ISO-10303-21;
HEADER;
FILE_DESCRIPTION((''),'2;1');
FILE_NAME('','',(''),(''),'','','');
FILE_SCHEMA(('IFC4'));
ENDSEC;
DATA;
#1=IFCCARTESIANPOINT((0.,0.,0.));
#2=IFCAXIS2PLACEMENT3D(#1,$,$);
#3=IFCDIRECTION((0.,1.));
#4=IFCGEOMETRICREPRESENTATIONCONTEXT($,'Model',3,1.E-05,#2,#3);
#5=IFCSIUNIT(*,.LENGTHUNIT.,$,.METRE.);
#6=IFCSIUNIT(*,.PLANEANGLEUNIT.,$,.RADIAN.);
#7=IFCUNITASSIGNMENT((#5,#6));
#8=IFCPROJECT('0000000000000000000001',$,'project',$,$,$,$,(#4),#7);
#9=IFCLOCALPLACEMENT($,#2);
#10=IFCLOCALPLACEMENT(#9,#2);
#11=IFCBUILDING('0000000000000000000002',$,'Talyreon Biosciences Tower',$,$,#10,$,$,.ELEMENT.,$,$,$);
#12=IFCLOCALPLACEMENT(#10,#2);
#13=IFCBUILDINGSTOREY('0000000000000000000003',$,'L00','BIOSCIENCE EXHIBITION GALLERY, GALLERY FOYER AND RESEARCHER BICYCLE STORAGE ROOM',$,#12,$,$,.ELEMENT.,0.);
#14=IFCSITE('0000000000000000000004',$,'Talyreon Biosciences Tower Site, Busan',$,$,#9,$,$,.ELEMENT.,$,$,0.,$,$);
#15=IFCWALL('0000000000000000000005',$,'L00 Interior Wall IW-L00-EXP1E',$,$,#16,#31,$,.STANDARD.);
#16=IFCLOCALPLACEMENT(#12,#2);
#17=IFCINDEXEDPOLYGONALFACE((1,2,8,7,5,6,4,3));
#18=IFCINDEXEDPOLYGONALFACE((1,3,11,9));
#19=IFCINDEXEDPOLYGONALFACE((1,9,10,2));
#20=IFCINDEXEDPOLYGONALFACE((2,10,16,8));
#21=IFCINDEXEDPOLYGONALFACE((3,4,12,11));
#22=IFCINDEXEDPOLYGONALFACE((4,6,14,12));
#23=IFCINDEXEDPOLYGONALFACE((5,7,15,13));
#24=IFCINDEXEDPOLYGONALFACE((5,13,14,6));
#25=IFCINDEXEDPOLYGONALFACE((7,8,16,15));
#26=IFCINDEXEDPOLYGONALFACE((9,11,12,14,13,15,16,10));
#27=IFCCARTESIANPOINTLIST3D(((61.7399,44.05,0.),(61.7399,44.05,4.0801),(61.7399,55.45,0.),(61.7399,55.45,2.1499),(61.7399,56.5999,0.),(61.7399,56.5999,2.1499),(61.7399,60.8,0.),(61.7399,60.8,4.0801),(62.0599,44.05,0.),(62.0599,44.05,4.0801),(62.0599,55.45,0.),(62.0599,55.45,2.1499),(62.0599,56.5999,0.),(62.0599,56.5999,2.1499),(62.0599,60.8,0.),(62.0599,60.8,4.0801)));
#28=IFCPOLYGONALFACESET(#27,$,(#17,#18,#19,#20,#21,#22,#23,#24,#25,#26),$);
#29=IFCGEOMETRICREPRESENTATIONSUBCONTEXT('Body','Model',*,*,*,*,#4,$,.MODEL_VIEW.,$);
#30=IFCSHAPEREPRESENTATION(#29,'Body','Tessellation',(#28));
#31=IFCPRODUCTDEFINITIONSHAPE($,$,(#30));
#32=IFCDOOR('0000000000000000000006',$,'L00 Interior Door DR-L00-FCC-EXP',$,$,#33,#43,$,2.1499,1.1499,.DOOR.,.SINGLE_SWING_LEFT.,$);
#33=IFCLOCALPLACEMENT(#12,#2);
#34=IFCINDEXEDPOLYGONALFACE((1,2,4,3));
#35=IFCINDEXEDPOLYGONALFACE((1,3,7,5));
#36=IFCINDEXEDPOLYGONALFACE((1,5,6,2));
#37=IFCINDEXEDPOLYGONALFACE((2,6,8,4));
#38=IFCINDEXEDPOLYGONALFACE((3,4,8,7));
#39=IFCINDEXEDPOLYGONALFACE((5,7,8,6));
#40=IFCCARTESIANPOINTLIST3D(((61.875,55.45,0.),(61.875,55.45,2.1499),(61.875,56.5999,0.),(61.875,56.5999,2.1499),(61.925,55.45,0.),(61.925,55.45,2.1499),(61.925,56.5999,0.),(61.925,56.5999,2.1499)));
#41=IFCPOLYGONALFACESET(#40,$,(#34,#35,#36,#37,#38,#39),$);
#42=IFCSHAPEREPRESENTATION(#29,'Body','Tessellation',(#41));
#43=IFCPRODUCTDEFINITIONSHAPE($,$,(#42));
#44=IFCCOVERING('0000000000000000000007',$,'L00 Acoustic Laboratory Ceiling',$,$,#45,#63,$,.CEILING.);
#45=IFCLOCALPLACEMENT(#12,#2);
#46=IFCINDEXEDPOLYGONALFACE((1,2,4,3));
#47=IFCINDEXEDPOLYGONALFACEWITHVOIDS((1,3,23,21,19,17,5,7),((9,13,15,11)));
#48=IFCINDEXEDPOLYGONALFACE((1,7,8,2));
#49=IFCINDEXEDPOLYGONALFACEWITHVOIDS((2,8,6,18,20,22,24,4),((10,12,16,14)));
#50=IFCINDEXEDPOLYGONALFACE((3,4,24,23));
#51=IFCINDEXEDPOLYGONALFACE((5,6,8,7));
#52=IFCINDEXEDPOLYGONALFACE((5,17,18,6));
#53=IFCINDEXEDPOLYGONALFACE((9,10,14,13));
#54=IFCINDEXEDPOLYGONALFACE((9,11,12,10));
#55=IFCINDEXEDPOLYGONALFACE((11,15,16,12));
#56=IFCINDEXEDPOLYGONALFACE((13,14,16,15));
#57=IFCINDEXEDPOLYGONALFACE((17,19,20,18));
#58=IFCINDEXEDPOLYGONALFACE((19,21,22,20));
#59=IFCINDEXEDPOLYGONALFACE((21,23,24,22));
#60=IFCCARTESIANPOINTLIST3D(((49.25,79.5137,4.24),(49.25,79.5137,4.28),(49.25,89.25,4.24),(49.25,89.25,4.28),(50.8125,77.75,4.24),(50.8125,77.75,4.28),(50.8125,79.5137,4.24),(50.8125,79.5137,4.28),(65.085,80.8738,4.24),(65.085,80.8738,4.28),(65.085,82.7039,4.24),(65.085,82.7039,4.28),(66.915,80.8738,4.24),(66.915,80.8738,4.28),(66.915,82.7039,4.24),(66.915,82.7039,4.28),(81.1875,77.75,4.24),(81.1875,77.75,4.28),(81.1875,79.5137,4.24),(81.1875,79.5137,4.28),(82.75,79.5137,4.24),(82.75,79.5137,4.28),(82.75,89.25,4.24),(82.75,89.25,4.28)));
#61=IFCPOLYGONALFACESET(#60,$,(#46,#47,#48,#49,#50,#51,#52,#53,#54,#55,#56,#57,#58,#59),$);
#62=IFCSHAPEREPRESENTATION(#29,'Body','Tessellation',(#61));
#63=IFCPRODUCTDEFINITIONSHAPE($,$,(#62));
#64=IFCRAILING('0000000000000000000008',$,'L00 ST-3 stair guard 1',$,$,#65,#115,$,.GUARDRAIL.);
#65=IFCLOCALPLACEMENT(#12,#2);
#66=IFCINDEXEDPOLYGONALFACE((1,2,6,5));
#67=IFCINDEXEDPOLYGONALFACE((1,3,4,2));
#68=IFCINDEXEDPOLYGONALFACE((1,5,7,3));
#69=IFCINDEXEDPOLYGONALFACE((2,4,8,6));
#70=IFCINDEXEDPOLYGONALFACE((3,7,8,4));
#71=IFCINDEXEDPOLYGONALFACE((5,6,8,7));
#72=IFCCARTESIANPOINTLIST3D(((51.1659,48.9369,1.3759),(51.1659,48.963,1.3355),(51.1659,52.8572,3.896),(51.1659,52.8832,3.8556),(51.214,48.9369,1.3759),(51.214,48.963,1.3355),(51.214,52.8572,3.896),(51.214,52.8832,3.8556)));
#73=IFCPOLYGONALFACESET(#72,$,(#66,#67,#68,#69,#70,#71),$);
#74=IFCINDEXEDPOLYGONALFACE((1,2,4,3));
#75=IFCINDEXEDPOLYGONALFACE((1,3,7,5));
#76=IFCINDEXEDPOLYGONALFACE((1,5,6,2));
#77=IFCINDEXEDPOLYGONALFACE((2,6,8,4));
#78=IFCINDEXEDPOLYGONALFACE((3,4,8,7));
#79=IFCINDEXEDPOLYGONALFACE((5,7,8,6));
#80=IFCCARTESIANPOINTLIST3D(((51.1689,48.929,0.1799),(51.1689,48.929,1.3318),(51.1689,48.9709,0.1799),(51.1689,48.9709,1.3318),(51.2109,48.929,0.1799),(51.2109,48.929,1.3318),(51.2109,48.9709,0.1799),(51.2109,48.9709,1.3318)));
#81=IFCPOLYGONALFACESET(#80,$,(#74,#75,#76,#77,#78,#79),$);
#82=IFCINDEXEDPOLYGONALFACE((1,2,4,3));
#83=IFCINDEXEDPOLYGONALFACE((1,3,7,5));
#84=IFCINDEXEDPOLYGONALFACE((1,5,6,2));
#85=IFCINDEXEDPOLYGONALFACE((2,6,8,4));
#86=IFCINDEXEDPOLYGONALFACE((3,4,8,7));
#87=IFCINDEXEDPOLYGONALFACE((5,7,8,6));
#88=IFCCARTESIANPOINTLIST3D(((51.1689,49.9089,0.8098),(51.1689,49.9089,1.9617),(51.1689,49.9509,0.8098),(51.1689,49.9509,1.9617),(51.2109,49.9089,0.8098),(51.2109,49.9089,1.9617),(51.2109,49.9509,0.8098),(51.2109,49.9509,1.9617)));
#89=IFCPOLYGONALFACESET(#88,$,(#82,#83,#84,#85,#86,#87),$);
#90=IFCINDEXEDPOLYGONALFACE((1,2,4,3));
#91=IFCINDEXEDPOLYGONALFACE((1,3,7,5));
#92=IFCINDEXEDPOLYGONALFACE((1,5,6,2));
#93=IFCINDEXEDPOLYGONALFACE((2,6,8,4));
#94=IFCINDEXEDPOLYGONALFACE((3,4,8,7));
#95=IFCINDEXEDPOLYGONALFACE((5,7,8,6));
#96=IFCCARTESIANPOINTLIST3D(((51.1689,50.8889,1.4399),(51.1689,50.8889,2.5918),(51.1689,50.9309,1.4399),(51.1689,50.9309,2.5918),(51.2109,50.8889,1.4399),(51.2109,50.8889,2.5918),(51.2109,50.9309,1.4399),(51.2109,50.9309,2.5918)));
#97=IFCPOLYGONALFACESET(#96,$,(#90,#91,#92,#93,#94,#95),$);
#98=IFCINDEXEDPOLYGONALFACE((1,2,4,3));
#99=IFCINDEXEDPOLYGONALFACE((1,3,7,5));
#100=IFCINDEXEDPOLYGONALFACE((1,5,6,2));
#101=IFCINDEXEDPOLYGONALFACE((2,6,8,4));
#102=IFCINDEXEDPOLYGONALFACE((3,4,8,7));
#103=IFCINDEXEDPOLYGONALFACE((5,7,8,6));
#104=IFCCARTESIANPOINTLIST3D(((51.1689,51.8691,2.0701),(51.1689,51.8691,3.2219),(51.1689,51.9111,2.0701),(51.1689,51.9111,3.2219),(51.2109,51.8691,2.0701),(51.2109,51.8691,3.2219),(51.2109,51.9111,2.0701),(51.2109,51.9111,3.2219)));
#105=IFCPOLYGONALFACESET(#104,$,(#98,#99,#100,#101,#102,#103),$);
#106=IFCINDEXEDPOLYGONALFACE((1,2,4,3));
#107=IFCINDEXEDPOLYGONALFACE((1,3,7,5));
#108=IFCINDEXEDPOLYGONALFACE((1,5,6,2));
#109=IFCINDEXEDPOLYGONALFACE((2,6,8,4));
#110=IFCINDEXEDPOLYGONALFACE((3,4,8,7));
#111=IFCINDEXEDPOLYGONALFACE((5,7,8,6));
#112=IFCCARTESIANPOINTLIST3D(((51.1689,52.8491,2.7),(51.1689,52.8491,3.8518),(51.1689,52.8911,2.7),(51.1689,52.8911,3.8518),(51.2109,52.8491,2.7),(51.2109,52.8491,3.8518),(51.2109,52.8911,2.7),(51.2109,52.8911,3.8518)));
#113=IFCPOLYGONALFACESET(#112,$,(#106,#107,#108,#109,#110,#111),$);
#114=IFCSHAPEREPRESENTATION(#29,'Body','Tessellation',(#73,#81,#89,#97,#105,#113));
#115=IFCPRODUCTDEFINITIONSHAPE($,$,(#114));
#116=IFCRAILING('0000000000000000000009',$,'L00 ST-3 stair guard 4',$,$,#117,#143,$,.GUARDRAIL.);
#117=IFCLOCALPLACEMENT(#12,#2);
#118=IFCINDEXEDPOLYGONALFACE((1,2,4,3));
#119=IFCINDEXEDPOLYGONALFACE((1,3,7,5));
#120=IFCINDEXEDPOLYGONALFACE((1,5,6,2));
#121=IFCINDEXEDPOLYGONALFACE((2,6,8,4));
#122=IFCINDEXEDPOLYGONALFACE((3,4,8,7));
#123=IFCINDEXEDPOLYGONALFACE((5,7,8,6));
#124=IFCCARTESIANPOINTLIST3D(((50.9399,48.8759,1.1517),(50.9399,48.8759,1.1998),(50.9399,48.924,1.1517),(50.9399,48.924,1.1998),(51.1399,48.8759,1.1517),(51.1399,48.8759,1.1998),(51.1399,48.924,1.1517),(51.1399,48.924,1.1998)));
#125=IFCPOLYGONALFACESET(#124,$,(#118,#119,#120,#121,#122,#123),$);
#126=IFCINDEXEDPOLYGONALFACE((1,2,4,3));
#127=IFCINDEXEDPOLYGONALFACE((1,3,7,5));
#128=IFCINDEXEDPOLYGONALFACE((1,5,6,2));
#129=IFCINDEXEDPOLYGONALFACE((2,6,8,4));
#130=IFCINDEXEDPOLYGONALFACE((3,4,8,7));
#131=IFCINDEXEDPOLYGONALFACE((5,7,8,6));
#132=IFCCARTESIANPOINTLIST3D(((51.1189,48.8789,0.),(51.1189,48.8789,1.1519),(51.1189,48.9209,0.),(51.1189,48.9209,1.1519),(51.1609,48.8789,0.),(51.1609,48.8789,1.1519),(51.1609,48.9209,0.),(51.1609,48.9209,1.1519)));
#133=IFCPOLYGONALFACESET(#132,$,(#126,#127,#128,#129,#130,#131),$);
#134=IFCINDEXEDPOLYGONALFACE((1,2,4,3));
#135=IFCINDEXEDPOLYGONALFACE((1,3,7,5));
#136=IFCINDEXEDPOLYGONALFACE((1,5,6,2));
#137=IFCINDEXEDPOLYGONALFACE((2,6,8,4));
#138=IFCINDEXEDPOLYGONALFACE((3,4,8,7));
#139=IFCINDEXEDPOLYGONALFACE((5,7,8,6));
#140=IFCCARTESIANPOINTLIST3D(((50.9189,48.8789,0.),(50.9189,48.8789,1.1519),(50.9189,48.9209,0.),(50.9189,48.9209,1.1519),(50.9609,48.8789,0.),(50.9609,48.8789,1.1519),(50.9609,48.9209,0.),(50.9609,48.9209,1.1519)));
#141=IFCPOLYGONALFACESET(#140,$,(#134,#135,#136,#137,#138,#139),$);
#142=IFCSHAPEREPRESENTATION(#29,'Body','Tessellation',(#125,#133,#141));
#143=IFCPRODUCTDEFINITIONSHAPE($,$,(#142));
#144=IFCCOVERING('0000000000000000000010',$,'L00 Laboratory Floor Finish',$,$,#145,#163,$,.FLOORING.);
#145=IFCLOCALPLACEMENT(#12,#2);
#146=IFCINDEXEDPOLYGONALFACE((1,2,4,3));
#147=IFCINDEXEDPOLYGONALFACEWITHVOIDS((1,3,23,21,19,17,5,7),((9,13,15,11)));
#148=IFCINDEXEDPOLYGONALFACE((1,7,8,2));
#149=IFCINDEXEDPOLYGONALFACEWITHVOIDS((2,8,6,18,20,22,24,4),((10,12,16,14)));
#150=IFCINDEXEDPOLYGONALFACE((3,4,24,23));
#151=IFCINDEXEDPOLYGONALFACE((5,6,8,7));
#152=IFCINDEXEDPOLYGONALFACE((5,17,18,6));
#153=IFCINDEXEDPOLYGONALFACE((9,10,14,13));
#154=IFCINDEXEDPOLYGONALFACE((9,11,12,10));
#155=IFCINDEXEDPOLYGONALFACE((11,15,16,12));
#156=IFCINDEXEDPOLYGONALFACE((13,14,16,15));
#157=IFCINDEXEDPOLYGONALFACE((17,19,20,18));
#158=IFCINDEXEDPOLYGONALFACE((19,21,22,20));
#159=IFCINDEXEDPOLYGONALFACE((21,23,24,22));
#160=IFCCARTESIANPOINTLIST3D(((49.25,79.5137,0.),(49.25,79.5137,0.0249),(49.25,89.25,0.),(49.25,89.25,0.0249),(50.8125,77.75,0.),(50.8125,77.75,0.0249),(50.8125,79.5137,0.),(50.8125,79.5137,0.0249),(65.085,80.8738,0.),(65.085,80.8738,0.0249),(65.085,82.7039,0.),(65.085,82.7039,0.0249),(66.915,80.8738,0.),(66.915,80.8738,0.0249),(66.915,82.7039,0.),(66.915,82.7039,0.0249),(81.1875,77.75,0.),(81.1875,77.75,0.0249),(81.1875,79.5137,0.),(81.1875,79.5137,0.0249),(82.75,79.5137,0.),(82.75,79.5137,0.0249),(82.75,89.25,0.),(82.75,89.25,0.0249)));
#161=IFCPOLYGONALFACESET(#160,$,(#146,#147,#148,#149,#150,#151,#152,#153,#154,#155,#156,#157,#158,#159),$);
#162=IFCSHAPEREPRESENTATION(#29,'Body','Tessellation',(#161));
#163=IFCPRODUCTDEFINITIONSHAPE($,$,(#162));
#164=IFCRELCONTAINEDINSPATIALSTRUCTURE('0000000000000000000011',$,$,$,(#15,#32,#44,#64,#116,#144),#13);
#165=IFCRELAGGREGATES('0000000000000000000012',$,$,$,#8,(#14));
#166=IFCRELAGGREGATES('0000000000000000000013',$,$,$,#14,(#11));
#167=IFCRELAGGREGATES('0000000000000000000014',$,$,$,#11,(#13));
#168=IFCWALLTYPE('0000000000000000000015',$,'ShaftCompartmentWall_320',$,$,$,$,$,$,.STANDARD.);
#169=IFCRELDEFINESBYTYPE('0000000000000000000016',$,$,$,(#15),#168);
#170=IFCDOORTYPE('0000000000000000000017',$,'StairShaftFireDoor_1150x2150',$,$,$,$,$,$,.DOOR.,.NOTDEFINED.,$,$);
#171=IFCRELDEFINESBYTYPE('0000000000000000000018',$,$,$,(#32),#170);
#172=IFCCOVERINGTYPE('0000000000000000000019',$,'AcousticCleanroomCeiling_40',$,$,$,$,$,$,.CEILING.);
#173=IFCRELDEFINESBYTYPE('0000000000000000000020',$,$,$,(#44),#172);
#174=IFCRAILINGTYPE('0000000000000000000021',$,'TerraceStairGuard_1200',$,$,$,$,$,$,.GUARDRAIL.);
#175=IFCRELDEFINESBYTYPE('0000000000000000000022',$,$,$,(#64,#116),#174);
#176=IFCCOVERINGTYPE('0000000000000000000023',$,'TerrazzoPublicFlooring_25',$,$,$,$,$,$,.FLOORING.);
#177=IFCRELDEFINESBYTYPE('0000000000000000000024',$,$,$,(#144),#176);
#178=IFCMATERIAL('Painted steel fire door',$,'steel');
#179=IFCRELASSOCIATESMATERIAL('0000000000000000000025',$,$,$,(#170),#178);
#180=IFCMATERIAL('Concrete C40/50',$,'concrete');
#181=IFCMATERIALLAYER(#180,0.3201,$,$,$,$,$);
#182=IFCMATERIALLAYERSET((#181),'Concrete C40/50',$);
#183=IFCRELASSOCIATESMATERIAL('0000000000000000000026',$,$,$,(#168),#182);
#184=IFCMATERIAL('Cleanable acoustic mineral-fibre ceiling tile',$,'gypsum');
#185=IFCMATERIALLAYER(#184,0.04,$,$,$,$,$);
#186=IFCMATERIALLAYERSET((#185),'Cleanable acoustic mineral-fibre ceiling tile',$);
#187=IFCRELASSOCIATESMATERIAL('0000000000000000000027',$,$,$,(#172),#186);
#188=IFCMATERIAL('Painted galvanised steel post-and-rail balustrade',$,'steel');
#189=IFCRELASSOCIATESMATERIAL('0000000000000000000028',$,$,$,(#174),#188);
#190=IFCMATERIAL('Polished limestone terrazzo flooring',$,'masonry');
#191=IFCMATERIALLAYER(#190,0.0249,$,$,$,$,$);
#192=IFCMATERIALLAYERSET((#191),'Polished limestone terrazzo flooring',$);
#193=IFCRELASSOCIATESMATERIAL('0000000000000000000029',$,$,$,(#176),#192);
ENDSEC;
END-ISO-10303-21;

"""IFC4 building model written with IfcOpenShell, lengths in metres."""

from ifc_helpers import new_model, si_unit, direction, frame, frame_2d, origin, origin_2d, place, context, subcontext, project, spatial, polyline, rectangle, outline, extrude, material, layer, layer_set, type_object, element, fill, save


model = new_model("IFC4")

# Units and contexts
model_context = context("Model", 3, precision=1e-05, world=origin(), true_north=direction((0.0, 1.0)))
body_context = subcontext(model_context, "Body", "Model", "MODEL_VIEW")
ifc_project = project(units=[si_unit("LENGTHUNIT", "METRE"), si_unit("PLANEANGLEUNIT", "RADIAN")], contexts=[model_context])

# Site, building, storey
site_placement = place(None, origin())
site = spatial("IfcSite", under=ifc_project, at=site_placement, Name="Talyreon Biosciences Tower Site, Busan", CompositionType="ELEMENT", RefElevation=0.0)
building_placement = place(site_placement, origin())
building = spatial("IfcBuilding", under=site, at=building_placement, Name="Talyreon Biosciences Tower", CompositionType="ELEMENT")
storey_placement = place(building_placement, origin())
storey = spatial("IfcBuildingStorey", under=building, at=storey_placement, Name="L00", Description="BIOSCIENCE EXHIBITION GALLERY, GALLERY FOYER AND RESEARCHER BICYCLE STORAGE ROOM", CompositionType="ELEMENT", Elevation=0.0)

# Shared definitions
ifc_material_1 = material(Name="Concrete C40/50", Category="concrete")

# Shared definitions
ifc_material_2 = material(Name="Painted steel fire door", Category="steel")
door_type_1 = type_object("IfcDoorType", Name="StairShaftFireDoor_1150x2150", OperationType="NOTDEFINED", PredefinedType="DOOR", material=ifc_material_2)

# Wall, opening, door
ifc_layer_1 = layer(ifc_material_1, 0.3201)
ifc_layer_set_1 = layer_set([ifc_layer_1], Name="Concrete C40/50")
wall_type_1 = type_object("IfcWallType", Name="ShaftCompartmentWall_320", PredefinedType="STANDARD", material=ifc_layer_set_1)
wall_1_placement = place(storey_placement, frame((61.8999, 44.05, 0.0), z_axis=(0.0, 0.0, 1.0), x_axis=(0.0, 1.0, 0.0)))
wall_1 = element("IfcWall", 1, at=wall_1_placement, inside=storey, type_object=wall_type_1, Name="L00 Interior Wall IW-L00-EXP1E", PredefinedType="STANDARD", context=body_context, shape_type="SweptSolid", body=[
    extrude(rectangle(XDim=16.75, YDim=0.3201, at=frame_2d((8.375, 0.0))), origin(), (0.0, 0.0, 1.0), 4.0801),
])
opening_1_placement = place(wall_1_placement, frame((11.3999, 0.0, 0.0)))
opening_1 = element("IfcOpeningElement", 2, at=opening_1_placement, cuts=wall_1, PredefinedType="OPENING", context=body_context, shape_type="SweptSolid", body=[
    extrude(rectangle(XDim=1.1499, YDim=2.1499, at=frame_2d((0.575, 1.075))), frame((0.0, 0.1699, 0.0), z_axis=(0.0, -1.0, 0.0), x_axis=(1.0, 0.0, 0.0)), (0.0, 0.0, 1.0), 0.3401),
])
door_1_placement = place(opening_1_placement, origin())
door_1 = element("IfcDoor", 3, at=door_1_placement, inside=storey, type_object=door_type_1, Name="L00 Interior Door DR-L00-FCC-EXP", OperationType="SINGLE_SWING_LEFT", OverallHeight=2.1499, OverallWidth=1.1499, PredefinedType="DOOR", context=body_context, shape_type="SweptSolid", body=[
    extrude(rectangle(XDim=1.1499, YDim=2.1499, at=frame_2d((0.575, 1.075))), frame((0.0, 0.0249, 0.0), z_axis=(0.0, -1.0, 0.0), x_axis=(1.0, 0.0, 0.0)), (0.0, 0.0, 1.0), 0.05),
])
fill(opening_1, door_1)

# Covering
ifc_material_3 = material(Name="Cleanable acoustic mineral-fibre ceiling tile", Category="gypsum")
ifc_layer_2 = layer(ifc_material_3, 0.04)
ifc_layer_set_2 = layer_set([ifc_layer_2], Name="Cleanable acoustic mineral-fibre ceiling tile")
covering_type_1 = type_object("IfcCoveringType", Name="AcousticCleanroomCeiling_40", PredefinedType="CEILING", material=ifc_layer_set_2)
covering_1_placement = place(storey_placement, frame((0.0, 0.0, 4.24)))
element("IfcCovering", 4, at=covering_1_placement, inside=storey, type_object=covering_type_1, Name="L00 Acoustic Laboratory Ceiling", PredefinedType="CEILING", context=body_context, shape_type="SweptSolid", body=[
    extrude(outline(polyline([(82.75, 89.25), (82.75, 79.5137), (81.1875, 79.5137), (81.1875, 77.75), (50.8125, 77.75), (50.8125, 79.5137), (49.25, 79.5137), (49.25, 89.25), (82.75, 89.25)]), holes=[polyline([(65.085, 80.8738), (66.915, 80.8738), (66.915, 82.7039), (65.085, 82.7039), (65.085, 80.8738)])]), origin(), (0.0, 0.0, 1.0), 0.04),
])

# Railings
ifc_material_4 = material(Name="Painted galvanised steel post-and-rail balustrade", Category="steel")
railing_type = type_object("IfcRailingType", Name="TerraceStairGuard_1200", PredefinedType="GUARDRAIL", material=ifc_material_4)
railing_1_placement = place(storey_placement, frame((51.1899, 48.95, 0.1799)))
element("IfcRailing", 5, at=railing_1_placement, inside=storey, type_object=railing_type, Name="L00 ST-3 stair guard 1", PredefinedType="GUARDRAIL", context=body_context, shape_type="SweptSolid", body=[
    extrude(rectangle(XDim=0.0481, YDim=0.0481, at=origin_2d()), frame((0.0, 0.0, 1.1758), z_axis=(0.0, 0.841187, 0.540744), x_axis=(-1.0, 0.0, 0.0)), (0.0, 0.0, 1.0), 4.6604),
    extrude(rectangle(XDim=0.042, YDim=0.042, at=origin_2d()), origin(), (0.0, 0.0, 1.0), 1.1519),
    extrude(rectangle(XDim=0.042, YDim=0.042, at=origin_2d()), frame((0.0, 0.98, 0.6299)), (0.0, 0.0, 1.0), 1.1519),
    extrude(rectangle(XDim=0.042, YDim=0.042, at=origin_2d()), frame((0.0, 1.96, 1.26)), (0.0, 0.0, 1.0), 1.1519),
    extrude(rectangle(XDim=0.042, YDim=0.042, at=origin_2d()), frame((0.0, 2.9402, 1.8901)), (0.0, 0.0, 1.0), 1.1519),
    extrude(rectangle(XDim=0.042, YDim=0.042, at=origin_2d()), frame((0.0, 3.9202, 2.52)), (0.0, 0.0, 1.0), 1.1519),
])
railing_2_placement = place(storey_placement, frame((51.1399, 48.8999, 0.0)))
element("IfcRailing", 6, at=railing_2_placement, inside=storey, type_object=railing_type, Name="L00 ST-3 stair guard 4", PredefinedType="GUARDRAIL", context=body_context, shape_type="SweptSolid", body=[
    extrude(rectangle(XDim=0.0481, YDim=0.0481, at=origin_2d()), frame((0.0, 0.0, 1.1758), z_axis=(-1.0, 0.0, 0.0), x_axis=(0.0, -1.0, 0.0)), (0.0, 0.0, 1.0), 0.2),
    extrude(rectangle(XDim=0.042, YDim=0.042, at=origin_2d()), origin(), (0.0, 0.0, 1.0), 1.1519),
    extrude(rectangle(XDim=0.042, YDim=0.042, at=origin_2d()), frame((-0.2, 0.0, 0.0)), (0.0, 0.0, 1.0), 1.1519),
])

# Covering
ifc_material_5 = material(Name="Polished limestone terrazzo flooring", Category="masonry")
ifc_layer_3 = layer(ifc_material_5, 0.0249)
ifc_layer_set_3 = layer_set([ifc_layer_3], Name="Polished limestone terrazzo flooring")
covering_type_2 = type_object("IfcCoveringType", Name="TerrazzoPublicFlooring_25", PredefinedType="FLOORING", material=ifc_layer_set_3)
covering_2_placement = place(storey_placement, origin())
element("IfcCovering", 7, at=covering_2_placement, inside=storey, type_object=covering_type_2, Name="L00 Laboratory Floor Finish", PredefinedType="FLOORING", context=body_context, shape_type="SweptSolid", body=[
    extrude(outline(polyline([(82.75, 89.25), (82.75, 79.5137), (81.1875, 79.5137), (81.1875, 77.75), (50.8125, 77.75), (50.8125, 79.5137), (49.25, 79.5137), (49.25, 89.25), (82.75, 89.25)]), holes=[polyline([(65.085, 80.8738), (66.915, 80.8738), (66.915, 82.7039), (65.085, 82.7039), (65.085, 80.8738)])]), origin(), (0.0, 0.0, 1.0), 0.0249),
])

save(model, "model.ifc")
